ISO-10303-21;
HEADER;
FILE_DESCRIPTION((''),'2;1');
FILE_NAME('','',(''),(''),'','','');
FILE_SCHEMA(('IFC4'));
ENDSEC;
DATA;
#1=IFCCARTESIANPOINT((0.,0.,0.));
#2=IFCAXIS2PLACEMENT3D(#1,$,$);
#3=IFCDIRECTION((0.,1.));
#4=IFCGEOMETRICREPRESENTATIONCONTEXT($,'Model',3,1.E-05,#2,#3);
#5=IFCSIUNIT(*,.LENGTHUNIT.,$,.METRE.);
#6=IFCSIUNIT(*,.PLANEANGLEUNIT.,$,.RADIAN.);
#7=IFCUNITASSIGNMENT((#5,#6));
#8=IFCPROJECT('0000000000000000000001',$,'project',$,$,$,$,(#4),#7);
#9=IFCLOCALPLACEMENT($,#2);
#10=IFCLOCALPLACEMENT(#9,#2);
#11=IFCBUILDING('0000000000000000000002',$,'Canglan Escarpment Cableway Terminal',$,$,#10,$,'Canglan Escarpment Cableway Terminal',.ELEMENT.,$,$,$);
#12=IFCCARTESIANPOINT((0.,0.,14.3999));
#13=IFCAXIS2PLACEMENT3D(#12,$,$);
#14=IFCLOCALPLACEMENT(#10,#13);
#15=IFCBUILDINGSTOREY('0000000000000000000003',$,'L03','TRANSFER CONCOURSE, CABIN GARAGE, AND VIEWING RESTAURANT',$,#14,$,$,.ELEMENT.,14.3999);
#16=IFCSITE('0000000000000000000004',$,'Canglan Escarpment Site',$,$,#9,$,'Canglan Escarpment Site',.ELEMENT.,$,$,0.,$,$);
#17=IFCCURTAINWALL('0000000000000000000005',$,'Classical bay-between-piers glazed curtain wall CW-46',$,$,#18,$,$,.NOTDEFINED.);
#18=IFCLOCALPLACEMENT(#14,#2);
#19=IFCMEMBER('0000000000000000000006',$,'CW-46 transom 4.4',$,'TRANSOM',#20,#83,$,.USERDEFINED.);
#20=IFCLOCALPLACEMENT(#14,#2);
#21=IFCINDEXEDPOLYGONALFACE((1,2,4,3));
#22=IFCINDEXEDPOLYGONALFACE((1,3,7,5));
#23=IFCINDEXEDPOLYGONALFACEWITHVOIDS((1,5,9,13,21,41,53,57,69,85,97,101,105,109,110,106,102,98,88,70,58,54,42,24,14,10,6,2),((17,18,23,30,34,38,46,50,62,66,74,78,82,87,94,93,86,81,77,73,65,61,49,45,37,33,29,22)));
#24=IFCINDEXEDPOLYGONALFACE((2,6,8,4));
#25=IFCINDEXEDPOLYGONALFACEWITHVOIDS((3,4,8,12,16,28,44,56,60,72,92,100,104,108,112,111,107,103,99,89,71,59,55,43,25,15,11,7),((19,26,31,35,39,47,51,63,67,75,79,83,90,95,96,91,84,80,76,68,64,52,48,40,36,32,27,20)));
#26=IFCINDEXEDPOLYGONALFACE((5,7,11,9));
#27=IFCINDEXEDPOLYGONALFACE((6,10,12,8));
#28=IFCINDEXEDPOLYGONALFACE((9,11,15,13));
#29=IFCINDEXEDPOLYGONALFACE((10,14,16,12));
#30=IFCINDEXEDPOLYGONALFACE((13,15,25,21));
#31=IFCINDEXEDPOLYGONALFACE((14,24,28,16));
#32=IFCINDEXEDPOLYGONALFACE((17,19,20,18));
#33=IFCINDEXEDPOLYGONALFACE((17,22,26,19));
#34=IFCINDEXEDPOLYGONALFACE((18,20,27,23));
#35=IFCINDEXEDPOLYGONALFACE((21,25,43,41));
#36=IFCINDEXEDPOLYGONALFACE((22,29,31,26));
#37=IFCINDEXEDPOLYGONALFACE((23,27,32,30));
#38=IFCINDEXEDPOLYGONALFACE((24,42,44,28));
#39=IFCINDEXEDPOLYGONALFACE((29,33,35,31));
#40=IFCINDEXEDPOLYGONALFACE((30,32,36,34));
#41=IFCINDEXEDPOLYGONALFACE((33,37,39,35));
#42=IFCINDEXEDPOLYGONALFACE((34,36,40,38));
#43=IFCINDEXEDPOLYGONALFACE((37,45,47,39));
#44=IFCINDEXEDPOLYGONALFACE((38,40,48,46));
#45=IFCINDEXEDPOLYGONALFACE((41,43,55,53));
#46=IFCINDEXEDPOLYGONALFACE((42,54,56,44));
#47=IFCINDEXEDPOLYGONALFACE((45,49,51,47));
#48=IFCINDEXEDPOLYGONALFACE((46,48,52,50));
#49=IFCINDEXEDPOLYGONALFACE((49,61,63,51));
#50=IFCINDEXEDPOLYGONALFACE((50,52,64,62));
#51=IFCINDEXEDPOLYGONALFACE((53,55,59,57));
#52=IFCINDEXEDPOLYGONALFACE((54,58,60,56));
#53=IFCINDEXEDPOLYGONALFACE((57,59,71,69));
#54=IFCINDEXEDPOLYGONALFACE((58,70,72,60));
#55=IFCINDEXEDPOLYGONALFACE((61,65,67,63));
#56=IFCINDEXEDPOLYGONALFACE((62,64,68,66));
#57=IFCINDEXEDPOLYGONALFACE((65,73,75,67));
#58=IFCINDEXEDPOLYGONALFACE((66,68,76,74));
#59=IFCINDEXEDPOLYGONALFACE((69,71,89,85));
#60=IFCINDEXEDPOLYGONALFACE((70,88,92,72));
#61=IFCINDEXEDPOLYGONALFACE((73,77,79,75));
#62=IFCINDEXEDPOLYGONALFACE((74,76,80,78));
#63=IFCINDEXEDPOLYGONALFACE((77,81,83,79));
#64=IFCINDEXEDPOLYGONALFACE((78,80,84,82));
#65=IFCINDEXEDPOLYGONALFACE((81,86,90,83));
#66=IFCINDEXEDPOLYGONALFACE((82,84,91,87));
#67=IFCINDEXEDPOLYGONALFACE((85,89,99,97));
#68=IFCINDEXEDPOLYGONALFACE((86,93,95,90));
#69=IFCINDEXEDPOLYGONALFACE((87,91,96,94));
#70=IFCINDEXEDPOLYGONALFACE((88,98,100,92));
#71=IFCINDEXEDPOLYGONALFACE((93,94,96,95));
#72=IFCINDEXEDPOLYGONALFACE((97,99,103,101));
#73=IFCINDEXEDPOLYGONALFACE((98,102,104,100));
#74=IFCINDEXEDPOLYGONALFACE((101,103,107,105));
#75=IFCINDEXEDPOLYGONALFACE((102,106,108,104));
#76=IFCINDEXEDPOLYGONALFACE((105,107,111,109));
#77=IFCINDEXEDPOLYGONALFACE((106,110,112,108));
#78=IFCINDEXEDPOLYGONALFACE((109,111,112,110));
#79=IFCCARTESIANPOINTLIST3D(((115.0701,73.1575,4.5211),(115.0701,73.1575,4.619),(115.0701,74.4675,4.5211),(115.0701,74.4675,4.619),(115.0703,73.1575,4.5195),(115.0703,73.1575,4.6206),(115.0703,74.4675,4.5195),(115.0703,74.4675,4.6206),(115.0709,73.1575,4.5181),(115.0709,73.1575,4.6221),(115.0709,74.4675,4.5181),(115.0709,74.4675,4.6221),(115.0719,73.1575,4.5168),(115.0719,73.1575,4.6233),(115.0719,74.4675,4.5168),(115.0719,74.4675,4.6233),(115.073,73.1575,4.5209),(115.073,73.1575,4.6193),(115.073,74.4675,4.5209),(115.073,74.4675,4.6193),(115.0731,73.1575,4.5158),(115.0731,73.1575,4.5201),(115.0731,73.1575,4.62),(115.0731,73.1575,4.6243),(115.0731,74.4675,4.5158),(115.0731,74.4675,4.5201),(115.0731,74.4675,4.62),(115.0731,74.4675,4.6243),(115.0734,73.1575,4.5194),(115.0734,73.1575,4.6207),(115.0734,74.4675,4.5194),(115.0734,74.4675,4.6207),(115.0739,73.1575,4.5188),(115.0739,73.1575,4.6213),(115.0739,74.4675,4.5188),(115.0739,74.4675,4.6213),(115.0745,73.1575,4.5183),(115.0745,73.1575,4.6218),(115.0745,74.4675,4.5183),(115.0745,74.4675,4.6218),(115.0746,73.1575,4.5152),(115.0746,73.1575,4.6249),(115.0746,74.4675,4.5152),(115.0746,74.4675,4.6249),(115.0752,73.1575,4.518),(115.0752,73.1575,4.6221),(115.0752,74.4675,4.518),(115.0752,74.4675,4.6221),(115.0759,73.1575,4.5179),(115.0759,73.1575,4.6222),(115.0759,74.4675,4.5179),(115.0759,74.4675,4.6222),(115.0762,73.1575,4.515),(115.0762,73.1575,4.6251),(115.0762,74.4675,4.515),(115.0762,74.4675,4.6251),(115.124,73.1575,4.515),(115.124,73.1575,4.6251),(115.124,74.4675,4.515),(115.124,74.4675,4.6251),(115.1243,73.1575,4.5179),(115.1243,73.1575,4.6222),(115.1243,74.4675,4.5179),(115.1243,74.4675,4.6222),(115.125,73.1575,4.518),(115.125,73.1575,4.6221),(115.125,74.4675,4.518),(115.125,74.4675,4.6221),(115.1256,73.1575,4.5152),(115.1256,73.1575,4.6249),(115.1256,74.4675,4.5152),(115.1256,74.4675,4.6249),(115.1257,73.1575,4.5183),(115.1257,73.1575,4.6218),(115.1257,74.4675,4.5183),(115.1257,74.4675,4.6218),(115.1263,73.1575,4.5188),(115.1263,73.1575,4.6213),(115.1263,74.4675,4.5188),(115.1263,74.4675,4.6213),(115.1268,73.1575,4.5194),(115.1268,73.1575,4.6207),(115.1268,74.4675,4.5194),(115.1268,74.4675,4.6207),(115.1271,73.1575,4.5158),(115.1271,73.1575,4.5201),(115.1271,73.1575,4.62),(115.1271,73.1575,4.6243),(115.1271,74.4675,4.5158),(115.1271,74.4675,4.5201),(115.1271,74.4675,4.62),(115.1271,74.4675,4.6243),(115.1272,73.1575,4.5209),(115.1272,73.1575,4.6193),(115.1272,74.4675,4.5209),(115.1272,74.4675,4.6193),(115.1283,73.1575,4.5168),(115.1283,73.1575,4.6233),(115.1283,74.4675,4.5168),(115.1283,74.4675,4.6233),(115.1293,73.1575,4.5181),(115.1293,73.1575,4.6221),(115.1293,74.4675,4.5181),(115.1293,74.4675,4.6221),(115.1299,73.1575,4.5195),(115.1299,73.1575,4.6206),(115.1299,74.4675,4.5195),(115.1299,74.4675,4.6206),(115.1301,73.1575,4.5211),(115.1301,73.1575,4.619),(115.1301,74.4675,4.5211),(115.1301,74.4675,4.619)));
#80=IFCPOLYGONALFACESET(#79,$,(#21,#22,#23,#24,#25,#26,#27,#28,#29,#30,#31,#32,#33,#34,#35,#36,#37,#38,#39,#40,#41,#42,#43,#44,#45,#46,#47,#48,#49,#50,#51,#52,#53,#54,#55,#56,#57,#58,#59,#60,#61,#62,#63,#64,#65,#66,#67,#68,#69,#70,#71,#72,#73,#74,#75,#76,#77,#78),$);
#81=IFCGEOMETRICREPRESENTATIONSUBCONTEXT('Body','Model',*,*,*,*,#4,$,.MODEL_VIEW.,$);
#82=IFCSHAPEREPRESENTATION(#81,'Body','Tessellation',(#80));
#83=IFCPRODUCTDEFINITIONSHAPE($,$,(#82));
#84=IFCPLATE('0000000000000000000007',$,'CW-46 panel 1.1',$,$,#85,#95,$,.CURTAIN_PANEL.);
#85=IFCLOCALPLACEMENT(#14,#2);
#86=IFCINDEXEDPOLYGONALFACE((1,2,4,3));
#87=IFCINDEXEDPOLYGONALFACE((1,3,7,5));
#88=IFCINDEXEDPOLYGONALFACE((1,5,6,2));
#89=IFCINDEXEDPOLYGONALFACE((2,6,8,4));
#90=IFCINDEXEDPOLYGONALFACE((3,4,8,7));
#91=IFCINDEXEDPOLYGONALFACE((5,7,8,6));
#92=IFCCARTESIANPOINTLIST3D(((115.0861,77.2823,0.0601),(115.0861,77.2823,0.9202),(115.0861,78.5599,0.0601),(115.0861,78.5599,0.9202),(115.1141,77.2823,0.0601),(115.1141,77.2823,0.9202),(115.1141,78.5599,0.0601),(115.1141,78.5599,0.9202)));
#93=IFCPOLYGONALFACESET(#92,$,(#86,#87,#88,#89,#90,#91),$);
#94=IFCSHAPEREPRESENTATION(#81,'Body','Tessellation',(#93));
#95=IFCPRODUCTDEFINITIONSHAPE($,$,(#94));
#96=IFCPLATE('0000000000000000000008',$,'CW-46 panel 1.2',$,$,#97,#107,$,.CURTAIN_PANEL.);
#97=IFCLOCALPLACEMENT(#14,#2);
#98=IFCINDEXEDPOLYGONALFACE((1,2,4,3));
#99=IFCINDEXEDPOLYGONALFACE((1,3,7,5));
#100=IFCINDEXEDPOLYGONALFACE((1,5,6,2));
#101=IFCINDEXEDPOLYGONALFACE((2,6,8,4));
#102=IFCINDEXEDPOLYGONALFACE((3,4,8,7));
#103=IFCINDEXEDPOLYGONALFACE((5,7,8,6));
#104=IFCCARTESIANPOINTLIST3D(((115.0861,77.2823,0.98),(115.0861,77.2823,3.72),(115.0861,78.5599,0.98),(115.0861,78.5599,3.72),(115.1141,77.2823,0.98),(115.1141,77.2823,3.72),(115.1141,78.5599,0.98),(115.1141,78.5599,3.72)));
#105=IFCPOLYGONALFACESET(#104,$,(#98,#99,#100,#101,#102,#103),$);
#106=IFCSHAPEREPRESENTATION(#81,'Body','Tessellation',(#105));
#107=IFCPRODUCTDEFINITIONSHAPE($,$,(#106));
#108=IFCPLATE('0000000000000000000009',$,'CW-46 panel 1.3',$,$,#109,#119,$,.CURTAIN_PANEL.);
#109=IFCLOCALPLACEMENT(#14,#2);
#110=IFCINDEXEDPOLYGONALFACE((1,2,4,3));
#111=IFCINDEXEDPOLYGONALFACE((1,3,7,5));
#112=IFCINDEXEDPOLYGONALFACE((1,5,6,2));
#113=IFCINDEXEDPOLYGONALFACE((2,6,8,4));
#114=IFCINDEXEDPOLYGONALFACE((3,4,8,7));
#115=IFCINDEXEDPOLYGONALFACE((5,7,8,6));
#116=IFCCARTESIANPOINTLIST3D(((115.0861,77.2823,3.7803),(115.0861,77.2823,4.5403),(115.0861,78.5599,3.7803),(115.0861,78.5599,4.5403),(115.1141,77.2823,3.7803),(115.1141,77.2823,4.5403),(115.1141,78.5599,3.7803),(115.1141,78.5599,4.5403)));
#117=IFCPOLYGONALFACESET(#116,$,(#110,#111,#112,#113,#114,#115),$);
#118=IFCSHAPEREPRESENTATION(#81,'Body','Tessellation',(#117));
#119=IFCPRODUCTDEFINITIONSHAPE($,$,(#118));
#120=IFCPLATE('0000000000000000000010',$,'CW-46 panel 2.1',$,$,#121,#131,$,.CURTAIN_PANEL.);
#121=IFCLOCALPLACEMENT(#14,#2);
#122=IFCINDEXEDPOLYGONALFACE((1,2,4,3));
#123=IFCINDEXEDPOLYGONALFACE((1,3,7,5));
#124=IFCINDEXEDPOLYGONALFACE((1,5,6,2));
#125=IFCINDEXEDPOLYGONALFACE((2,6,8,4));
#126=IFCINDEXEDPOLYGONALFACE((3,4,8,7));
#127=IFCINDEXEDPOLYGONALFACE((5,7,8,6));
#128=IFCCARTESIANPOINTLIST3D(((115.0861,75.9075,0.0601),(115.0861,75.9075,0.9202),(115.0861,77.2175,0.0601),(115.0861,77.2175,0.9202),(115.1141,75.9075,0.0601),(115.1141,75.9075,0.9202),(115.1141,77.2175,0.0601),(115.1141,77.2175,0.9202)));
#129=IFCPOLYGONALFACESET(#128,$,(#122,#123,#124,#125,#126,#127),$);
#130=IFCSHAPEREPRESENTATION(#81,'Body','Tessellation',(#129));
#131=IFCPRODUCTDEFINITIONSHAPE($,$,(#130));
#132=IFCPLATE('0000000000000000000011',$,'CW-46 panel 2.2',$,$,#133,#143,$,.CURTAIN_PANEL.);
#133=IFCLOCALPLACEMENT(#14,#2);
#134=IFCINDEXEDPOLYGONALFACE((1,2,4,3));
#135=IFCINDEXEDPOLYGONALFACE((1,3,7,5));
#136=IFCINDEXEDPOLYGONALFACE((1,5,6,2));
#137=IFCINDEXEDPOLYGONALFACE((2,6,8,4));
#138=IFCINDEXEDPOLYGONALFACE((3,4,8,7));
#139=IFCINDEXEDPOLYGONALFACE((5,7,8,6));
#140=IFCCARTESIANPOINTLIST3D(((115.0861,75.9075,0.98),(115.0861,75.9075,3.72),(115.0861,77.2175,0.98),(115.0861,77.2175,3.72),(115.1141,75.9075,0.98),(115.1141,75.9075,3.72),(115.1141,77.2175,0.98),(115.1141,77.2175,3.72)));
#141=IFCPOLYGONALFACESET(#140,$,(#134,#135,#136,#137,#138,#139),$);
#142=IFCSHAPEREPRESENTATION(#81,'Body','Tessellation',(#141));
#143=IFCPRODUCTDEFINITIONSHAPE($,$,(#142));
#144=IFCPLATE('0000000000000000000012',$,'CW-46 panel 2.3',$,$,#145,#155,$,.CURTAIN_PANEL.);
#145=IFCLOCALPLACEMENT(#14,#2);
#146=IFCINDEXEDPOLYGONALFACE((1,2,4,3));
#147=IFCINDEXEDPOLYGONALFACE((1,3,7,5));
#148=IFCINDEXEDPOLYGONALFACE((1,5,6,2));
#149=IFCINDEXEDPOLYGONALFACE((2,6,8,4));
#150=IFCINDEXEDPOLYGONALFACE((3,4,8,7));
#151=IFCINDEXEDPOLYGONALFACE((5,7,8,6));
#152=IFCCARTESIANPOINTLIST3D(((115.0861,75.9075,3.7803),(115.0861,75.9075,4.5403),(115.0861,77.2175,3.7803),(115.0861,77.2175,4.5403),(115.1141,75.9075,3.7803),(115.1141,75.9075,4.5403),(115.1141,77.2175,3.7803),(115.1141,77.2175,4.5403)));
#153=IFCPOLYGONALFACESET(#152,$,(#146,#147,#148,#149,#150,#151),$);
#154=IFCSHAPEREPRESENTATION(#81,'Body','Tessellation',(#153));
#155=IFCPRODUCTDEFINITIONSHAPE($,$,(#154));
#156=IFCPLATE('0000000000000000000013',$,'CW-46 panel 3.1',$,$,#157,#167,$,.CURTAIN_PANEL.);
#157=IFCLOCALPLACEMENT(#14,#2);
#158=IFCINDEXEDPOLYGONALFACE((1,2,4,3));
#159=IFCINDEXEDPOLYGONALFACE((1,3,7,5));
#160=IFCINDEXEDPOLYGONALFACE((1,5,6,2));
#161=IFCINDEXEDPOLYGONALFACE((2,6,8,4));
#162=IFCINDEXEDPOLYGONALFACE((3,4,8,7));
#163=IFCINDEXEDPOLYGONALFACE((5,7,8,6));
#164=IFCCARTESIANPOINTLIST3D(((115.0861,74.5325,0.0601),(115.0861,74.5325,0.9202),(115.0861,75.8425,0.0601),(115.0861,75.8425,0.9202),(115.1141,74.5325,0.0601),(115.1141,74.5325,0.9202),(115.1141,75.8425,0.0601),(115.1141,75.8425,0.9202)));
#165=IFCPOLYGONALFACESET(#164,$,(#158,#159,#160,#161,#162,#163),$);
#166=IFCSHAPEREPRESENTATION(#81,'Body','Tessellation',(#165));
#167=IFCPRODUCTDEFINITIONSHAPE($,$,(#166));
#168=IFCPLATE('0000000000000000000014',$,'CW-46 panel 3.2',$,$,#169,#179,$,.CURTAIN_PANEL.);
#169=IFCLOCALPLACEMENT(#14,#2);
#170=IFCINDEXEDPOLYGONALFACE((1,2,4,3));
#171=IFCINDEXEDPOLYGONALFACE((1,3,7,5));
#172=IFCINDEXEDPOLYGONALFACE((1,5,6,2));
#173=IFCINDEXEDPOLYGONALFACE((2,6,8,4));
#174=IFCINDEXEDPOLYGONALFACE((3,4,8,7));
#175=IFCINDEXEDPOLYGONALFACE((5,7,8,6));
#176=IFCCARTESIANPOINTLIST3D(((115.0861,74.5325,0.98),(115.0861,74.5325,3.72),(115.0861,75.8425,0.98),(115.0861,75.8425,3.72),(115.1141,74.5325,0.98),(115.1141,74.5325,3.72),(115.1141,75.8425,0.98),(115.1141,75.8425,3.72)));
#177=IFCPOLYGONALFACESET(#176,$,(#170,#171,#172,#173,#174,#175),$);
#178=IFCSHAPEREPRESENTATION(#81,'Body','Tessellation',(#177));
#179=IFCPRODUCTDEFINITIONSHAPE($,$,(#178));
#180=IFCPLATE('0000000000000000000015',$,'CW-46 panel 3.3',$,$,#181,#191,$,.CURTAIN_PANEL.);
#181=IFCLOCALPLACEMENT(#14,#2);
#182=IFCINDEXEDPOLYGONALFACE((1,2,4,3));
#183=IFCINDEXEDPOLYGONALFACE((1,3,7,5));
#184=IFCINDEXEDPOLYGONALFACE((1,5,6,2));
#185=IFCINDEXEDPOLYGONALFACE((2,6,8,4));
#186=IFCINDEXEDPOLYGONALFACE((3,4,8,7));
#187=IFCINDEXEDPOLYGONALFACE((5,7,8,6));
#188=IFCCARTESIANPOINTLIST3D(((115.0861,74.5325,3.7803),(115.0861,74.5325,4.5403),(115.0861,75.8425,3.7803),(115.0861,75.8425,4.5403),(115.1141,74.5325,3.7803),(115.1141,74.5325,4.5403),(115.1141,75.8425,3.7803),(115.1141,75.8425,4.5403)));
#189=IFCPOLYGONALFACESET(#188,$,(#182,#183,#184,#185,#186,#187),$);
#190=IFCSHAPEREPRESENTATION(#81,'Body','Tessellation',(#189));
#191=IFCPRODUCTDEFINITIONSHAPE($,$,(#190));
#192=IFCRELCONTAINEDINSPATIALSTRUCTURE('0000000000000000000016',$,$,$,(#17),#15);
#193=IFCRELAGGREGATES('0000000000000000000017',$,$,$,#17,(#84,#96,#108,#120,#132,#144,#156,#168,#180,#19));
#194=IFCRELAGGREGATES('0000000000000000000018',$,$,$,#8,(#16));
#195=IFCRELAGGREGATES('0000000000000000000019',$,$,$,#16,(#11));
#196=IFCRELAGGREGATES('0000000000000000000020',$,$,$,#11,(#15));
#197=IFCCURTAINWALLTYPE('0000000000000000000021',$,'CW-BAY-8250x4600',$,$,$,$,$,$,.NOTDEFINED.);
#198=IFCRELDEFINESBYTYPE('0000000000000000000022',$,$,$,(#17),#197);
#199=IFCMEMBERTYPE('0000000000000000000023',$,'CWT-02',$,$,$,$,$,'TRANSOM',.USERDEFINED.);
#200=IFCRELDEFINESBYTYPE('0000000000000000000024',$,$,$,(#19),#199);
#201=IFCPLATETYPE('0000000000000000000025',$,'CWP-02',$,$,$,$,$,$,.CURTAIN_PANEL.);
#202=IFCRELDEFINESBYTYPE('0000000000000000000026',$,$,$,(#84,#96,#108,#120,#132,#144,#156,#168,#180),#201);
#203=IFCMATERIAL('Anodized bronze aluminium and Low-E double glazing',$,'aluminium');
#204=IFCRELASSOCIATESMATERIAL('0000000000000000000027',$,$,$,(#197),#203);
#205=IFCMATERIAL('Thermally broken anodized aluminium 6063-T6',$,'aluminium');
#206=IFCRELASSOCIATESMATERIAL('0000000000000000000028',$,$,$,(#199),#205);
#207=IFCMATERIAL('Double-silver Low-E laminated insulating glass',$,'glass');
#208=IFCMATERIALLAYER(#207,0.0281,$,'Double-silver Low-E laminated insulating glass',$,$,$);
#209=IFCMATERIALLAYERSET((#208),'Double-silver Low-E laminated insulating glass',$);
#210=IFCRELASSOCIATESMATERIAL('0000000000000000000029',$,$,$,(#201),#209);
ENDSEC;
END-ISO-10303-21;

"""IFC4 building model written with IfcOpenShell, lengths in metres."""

from ifc_helpers import new_model, si_unit, direction, frame, origin, origin_2d, place, context, subcontext, project, spatial, rectangle, hollow_rectangle, extrude, material, layer, layer_set, material_profile, profile_set, type_object, element, aggregate, save


model = new_model("IFC4")

# Units and contexts
model_context = context("Model", 3, precision=1e-05, world=origin(), true_north=direction((0.0, 1.0)))
body_context = subcontext(model_context, "Body", "Model", "MODEL_VIEW")
ifc_project = project(units=[si_unit("LENGTHUNIT", "METRE"), si_unit("PLANEANGLEUNIT", "RADIAN")], contexts=[model_context])

# Site, building, storey
site_placement = place(None, origin())
site = spatial("IfcSite", under=ifc_project, at=site_placement, Name="Canglan Escarpment Site", LongName="Canglan Escarpment Site", CompositionType="ELEMENT", RefElevation=0.0)
building_placement = place(site_placement, origin())
building = spatial("IfcBuilding", under=site, at=building_placement, Name="Canglan Escarpment Cableway Terminal", LongName="Canglan Escarpment Cableway Terminal", CompositionType="ELEMENT")
storey_placement = place(building_placement, frame((0.0, 0.0, 14.3999)))
storey = spatial("IfcBuildingStorey", under=building, at=storey_placement, Name="L03", Description="TRANSFER CONCOURSE, CABIN GARAGE, AND VIEWING RESTAURANT", CompositionType="ELEMENT", Elevation=14.3999)

# Curtain wall, member, plates
ifc_material_1 = material(Name="Anodized bronze aluminium and Low-E double glazing", Category="aluminium")
curtain_wall_type = type_object("IfcCurtainWallType", Name="CW-BAY-8250x4600", PredefinedType="NOTDEFINED", material=ifc_material_1)
curtain_wall_placement = place(storey_placement, origin())
curtain_wall = element("IfcCurtainWall", 1, at=curtain_wall_placement, inside=storey, type_object=curtain_wall_type, Name="Classical bay-between-piers glazed curtain wall CW-46", PredefinedType="NOTDEFINED")
ifc_material_2 = material(Name="Thermally broken anodized aluminium 6063-T6", Category="aluminium")
ifc_material_profile_1 = material_profile(ifc_material_2, hollow_rectangle(XDim=0.0601, YDim=0.1101, WallThickness=0.0029, InnerFilletRadius=0.0029, OuterFilletRadius=0.0061, at=origin_2d()), Name="ALU-TRAN 60x110x3")
ifc_profile_set_1 = profile_set([ifc_material_profile_1], Name="Thermally broken anodized aluminium 6063-T6")
member_type_1 = type_object("IfcMemberType", Name="CWT-02", ElementType="TRANSOM", PredefinedType="USERDEFINED", material=ifc_profile_set_1)
member_1_placement = place(storey_placement, frame((115.1001, 74.4675, 4.5701), z_axis=(0.0, -1.0, 0.0), x_axis=(1.0, 0.0, 0.0)))
member_1 = element("IfcMember", 2, at=member_1_placement, type_object=member_type_1, Name="CW-46 transom 4.4", ObjectType="TRANSOM", PredefinedType="USERDEFINED", context=body_context, shape_type="SweptSolid", body=[
    extrude(hollow_rectangle(XDim=0.0601, YDim=0.1101, WallThickness=0.0029, InnerFilletRadius=0.0029, OuterFilletRadius=0.0061, at=origin_2d()), origin(), (0.0, 0.0, 1.0), 1.3101),
])
ifc_material_3 = material(Name="Double-silver Low-E laminated insulating glass", Category="glass")
ifc_layer_1 = layer(ifc_material_3, 0.0281, Name="Double-silver Low-E laminated insulating glass")
ifc_layer_set_1 = layer_set([ifc_layer_1], Name="Double-silver Low-E laminated insulating glass")
plate_type = type_object("IfcPlateType", Name="CWP-02", PredefinedType="CURTAIN_PANEL", material=ifc_layer_set_1)
plate_1_placement = place(storey_placement, frame((115.1001, 77.9211, 0.0601), z_axis=(0.0, 0.0, 1.0), x_axis=(0.0, -1.0, 0.0)))
plate_1 = element("IfcPlate", 3, at=plate_1_placement, type_object=plate_type, Name="CW-46 panel 1.1", PredefinedType="CURTAIN_PANEL", context=body_context, shape_type="SweptSolid", body=[
    extrude(rectangle(XDim=1.2776, YDim=0.0281, at=origin_2d()), origin(), (0.0, 0.0, 1.0), 0.8601),
])
plate_2_placement = place(storey_placement, frame((115.1001, 77.9211, 0.98), z_axis=(0.0, 0.0, 1.0), x_axis=(0.0, -1.0, 0.0)))
plate_2 = element("IfcPlate", 4, at=plate_2_placement, type_object=plate_type, Name="CW-46 panel 1.2", PredefinedType="CURTAIN_PANEL", context=body_context, shape_type="SweptSolid", body=[
    extrude(rectangle(XDim=1.2776, YDim=0.0281, at=origin_2d()), origin(), (0.0, 0.0, 1.0), 2.74),
])
plate_3_placement = place(storey_placement, frame((115.1001, 77.9211, 3.7803), z_axis=(0.0, 0.0, 1.0), x_axis=(0.0, -1.0, 0.0)))
plate_3 = element("IfcPlate", 5, at=plate_3_placement, type_object=plate_type, Name="CW-46 panel 1.3", PredefinedType="CURTAIN_PANEL", context=body_context, shape_type="SweptSolid", body=[
    extrude(rectangle(XDim=1.2776, YDim=0.0281, at=origin_2d()), origin(), (0.0, 0.0, 1.0), 0.76),
])
plate_4_placement = place(storey_placement, frame((115.1001, 76.5625, 0.0601), z_axis=(0.0, 0.0, 1.0), x_axis=(0.0, -1.0, 0.0)))
plate_4 = element("IfcPlate", 6, at=plate_4_placement, type_object=plate_type, Name="CW-46 panel 2.1", PredefinedType="CURTAIN_PANEL", context=body_context, shape_type="SweptSolid", body=[
    extrude(rectangle(XDim=1.3101, YDim=0.0281, at=origin_2d()), origin(), (0.0, 0.0, 1.0), 0.8601),
])
plate_5_placement = place(storey_placement, frame((115.1001, 76.5625, 0.98), z_axis=(0.0, 0.0, 1.0), x_axis=(0.0, -1.0, 0.0)))
plate_5 = element("IfcPlate", 7, at=plate_5_placement, type_object=plate_type, Name="CW-46 panel 2.2", PredefinedType="CURTAIN_PANEL", context=body_context, shape_type="SweptSolid", body=[
    extrude(rectangle(XDim=1.3101, YDim=0.0281, at=origin_2d()), origin(), (0.0, 0.0, 1.0), 2.74),
])
plate_6_placement = place(storey_placement, frame((115.1001, 76.5625, 3.7803), z_axis=(0.0, 0.0, 1.0), x_axis=(0.0, -1.0, 0.0)))
plate_6 = element("IfcPlate", 8, at=plate_6_placement, type_object=plate_type, Name="CW-46 panel 2.3", PredefinedType="CURTAIN_PANEL", context=body_context, shape_type="SweptSolid", body=[
    extrude(rectangle(XDim=1.3101, YDim=0.0281, at=origin_2d()), origin(), (0.0, 0.0, 1.0), 0.76),
])
plate_7_placement = place(storey_placement, frame((115.1001, 75.1875, 0.0601), z_axis=(0.0, 0.0, 1.0), x_axis=(0.0, -1.0, 0.0)))
plate_7 = element("IfcPlate", 9, at=plate_7_placement, type_object=plate_type, Name="CW-46 panel 3.1", PredefinedType="CURTAIN_PANEL", context=body_context, shape_type="SweptSolid", body=[
    extrude(rectangle(XDim=1.3101, YDim=0.0281, at=origin_2d()), origin(), (0.0, 0.0, 1.0), 0.8601),
])
plate_8_placement = place(storey_placement, frame((115.1001, 75.1875, 0.98), z_axis=(0.0, 0.0, 1.0), x_axis=(0.0, -1.0, 0.0)))
plate_8 = element("IfcPlate", 10, at=plate_8_placement, type_object=plate_type, Name="CW-46 panel 3.2", PredefinedType="CURTAIN_PANEL", context=body_context, shape_type="SweptSolid", body=[
    extrude(rectangle(XDim=1.3101, YDim=0.0281, at=origin_2d()), origin(), (0.0, 0.0, 1.0), 2.74),
])
plate_9_placement = place(storey_placement, frame((115.1001, 75.1875, 3.7803), z_axis=(0.0, 0.0, 1.0), x_axis=(0.0, -1.0, 0.0)))
plate_9 = element("IfcPlate", 11, at=plate_9_placement, type_object=plate_type, Name="CW-46 panel 3.3", PredefinedType="CURTAIN_PANEL", context=body_context, shape_type="SweptSolid", body=[
    extrude(rectangle(XDim=1.3101, YDim=0.0281, at=origin_2d()), origin(), (0.0, 0.0, 1.0), 0.76),
])
aggregate(curtain_wall, [plate_1, plate_2, plate_3, plate_4, plate_5, plate_6, plate_7, plate_8, plate_9, member_1])

save(model, "model.ifc")
